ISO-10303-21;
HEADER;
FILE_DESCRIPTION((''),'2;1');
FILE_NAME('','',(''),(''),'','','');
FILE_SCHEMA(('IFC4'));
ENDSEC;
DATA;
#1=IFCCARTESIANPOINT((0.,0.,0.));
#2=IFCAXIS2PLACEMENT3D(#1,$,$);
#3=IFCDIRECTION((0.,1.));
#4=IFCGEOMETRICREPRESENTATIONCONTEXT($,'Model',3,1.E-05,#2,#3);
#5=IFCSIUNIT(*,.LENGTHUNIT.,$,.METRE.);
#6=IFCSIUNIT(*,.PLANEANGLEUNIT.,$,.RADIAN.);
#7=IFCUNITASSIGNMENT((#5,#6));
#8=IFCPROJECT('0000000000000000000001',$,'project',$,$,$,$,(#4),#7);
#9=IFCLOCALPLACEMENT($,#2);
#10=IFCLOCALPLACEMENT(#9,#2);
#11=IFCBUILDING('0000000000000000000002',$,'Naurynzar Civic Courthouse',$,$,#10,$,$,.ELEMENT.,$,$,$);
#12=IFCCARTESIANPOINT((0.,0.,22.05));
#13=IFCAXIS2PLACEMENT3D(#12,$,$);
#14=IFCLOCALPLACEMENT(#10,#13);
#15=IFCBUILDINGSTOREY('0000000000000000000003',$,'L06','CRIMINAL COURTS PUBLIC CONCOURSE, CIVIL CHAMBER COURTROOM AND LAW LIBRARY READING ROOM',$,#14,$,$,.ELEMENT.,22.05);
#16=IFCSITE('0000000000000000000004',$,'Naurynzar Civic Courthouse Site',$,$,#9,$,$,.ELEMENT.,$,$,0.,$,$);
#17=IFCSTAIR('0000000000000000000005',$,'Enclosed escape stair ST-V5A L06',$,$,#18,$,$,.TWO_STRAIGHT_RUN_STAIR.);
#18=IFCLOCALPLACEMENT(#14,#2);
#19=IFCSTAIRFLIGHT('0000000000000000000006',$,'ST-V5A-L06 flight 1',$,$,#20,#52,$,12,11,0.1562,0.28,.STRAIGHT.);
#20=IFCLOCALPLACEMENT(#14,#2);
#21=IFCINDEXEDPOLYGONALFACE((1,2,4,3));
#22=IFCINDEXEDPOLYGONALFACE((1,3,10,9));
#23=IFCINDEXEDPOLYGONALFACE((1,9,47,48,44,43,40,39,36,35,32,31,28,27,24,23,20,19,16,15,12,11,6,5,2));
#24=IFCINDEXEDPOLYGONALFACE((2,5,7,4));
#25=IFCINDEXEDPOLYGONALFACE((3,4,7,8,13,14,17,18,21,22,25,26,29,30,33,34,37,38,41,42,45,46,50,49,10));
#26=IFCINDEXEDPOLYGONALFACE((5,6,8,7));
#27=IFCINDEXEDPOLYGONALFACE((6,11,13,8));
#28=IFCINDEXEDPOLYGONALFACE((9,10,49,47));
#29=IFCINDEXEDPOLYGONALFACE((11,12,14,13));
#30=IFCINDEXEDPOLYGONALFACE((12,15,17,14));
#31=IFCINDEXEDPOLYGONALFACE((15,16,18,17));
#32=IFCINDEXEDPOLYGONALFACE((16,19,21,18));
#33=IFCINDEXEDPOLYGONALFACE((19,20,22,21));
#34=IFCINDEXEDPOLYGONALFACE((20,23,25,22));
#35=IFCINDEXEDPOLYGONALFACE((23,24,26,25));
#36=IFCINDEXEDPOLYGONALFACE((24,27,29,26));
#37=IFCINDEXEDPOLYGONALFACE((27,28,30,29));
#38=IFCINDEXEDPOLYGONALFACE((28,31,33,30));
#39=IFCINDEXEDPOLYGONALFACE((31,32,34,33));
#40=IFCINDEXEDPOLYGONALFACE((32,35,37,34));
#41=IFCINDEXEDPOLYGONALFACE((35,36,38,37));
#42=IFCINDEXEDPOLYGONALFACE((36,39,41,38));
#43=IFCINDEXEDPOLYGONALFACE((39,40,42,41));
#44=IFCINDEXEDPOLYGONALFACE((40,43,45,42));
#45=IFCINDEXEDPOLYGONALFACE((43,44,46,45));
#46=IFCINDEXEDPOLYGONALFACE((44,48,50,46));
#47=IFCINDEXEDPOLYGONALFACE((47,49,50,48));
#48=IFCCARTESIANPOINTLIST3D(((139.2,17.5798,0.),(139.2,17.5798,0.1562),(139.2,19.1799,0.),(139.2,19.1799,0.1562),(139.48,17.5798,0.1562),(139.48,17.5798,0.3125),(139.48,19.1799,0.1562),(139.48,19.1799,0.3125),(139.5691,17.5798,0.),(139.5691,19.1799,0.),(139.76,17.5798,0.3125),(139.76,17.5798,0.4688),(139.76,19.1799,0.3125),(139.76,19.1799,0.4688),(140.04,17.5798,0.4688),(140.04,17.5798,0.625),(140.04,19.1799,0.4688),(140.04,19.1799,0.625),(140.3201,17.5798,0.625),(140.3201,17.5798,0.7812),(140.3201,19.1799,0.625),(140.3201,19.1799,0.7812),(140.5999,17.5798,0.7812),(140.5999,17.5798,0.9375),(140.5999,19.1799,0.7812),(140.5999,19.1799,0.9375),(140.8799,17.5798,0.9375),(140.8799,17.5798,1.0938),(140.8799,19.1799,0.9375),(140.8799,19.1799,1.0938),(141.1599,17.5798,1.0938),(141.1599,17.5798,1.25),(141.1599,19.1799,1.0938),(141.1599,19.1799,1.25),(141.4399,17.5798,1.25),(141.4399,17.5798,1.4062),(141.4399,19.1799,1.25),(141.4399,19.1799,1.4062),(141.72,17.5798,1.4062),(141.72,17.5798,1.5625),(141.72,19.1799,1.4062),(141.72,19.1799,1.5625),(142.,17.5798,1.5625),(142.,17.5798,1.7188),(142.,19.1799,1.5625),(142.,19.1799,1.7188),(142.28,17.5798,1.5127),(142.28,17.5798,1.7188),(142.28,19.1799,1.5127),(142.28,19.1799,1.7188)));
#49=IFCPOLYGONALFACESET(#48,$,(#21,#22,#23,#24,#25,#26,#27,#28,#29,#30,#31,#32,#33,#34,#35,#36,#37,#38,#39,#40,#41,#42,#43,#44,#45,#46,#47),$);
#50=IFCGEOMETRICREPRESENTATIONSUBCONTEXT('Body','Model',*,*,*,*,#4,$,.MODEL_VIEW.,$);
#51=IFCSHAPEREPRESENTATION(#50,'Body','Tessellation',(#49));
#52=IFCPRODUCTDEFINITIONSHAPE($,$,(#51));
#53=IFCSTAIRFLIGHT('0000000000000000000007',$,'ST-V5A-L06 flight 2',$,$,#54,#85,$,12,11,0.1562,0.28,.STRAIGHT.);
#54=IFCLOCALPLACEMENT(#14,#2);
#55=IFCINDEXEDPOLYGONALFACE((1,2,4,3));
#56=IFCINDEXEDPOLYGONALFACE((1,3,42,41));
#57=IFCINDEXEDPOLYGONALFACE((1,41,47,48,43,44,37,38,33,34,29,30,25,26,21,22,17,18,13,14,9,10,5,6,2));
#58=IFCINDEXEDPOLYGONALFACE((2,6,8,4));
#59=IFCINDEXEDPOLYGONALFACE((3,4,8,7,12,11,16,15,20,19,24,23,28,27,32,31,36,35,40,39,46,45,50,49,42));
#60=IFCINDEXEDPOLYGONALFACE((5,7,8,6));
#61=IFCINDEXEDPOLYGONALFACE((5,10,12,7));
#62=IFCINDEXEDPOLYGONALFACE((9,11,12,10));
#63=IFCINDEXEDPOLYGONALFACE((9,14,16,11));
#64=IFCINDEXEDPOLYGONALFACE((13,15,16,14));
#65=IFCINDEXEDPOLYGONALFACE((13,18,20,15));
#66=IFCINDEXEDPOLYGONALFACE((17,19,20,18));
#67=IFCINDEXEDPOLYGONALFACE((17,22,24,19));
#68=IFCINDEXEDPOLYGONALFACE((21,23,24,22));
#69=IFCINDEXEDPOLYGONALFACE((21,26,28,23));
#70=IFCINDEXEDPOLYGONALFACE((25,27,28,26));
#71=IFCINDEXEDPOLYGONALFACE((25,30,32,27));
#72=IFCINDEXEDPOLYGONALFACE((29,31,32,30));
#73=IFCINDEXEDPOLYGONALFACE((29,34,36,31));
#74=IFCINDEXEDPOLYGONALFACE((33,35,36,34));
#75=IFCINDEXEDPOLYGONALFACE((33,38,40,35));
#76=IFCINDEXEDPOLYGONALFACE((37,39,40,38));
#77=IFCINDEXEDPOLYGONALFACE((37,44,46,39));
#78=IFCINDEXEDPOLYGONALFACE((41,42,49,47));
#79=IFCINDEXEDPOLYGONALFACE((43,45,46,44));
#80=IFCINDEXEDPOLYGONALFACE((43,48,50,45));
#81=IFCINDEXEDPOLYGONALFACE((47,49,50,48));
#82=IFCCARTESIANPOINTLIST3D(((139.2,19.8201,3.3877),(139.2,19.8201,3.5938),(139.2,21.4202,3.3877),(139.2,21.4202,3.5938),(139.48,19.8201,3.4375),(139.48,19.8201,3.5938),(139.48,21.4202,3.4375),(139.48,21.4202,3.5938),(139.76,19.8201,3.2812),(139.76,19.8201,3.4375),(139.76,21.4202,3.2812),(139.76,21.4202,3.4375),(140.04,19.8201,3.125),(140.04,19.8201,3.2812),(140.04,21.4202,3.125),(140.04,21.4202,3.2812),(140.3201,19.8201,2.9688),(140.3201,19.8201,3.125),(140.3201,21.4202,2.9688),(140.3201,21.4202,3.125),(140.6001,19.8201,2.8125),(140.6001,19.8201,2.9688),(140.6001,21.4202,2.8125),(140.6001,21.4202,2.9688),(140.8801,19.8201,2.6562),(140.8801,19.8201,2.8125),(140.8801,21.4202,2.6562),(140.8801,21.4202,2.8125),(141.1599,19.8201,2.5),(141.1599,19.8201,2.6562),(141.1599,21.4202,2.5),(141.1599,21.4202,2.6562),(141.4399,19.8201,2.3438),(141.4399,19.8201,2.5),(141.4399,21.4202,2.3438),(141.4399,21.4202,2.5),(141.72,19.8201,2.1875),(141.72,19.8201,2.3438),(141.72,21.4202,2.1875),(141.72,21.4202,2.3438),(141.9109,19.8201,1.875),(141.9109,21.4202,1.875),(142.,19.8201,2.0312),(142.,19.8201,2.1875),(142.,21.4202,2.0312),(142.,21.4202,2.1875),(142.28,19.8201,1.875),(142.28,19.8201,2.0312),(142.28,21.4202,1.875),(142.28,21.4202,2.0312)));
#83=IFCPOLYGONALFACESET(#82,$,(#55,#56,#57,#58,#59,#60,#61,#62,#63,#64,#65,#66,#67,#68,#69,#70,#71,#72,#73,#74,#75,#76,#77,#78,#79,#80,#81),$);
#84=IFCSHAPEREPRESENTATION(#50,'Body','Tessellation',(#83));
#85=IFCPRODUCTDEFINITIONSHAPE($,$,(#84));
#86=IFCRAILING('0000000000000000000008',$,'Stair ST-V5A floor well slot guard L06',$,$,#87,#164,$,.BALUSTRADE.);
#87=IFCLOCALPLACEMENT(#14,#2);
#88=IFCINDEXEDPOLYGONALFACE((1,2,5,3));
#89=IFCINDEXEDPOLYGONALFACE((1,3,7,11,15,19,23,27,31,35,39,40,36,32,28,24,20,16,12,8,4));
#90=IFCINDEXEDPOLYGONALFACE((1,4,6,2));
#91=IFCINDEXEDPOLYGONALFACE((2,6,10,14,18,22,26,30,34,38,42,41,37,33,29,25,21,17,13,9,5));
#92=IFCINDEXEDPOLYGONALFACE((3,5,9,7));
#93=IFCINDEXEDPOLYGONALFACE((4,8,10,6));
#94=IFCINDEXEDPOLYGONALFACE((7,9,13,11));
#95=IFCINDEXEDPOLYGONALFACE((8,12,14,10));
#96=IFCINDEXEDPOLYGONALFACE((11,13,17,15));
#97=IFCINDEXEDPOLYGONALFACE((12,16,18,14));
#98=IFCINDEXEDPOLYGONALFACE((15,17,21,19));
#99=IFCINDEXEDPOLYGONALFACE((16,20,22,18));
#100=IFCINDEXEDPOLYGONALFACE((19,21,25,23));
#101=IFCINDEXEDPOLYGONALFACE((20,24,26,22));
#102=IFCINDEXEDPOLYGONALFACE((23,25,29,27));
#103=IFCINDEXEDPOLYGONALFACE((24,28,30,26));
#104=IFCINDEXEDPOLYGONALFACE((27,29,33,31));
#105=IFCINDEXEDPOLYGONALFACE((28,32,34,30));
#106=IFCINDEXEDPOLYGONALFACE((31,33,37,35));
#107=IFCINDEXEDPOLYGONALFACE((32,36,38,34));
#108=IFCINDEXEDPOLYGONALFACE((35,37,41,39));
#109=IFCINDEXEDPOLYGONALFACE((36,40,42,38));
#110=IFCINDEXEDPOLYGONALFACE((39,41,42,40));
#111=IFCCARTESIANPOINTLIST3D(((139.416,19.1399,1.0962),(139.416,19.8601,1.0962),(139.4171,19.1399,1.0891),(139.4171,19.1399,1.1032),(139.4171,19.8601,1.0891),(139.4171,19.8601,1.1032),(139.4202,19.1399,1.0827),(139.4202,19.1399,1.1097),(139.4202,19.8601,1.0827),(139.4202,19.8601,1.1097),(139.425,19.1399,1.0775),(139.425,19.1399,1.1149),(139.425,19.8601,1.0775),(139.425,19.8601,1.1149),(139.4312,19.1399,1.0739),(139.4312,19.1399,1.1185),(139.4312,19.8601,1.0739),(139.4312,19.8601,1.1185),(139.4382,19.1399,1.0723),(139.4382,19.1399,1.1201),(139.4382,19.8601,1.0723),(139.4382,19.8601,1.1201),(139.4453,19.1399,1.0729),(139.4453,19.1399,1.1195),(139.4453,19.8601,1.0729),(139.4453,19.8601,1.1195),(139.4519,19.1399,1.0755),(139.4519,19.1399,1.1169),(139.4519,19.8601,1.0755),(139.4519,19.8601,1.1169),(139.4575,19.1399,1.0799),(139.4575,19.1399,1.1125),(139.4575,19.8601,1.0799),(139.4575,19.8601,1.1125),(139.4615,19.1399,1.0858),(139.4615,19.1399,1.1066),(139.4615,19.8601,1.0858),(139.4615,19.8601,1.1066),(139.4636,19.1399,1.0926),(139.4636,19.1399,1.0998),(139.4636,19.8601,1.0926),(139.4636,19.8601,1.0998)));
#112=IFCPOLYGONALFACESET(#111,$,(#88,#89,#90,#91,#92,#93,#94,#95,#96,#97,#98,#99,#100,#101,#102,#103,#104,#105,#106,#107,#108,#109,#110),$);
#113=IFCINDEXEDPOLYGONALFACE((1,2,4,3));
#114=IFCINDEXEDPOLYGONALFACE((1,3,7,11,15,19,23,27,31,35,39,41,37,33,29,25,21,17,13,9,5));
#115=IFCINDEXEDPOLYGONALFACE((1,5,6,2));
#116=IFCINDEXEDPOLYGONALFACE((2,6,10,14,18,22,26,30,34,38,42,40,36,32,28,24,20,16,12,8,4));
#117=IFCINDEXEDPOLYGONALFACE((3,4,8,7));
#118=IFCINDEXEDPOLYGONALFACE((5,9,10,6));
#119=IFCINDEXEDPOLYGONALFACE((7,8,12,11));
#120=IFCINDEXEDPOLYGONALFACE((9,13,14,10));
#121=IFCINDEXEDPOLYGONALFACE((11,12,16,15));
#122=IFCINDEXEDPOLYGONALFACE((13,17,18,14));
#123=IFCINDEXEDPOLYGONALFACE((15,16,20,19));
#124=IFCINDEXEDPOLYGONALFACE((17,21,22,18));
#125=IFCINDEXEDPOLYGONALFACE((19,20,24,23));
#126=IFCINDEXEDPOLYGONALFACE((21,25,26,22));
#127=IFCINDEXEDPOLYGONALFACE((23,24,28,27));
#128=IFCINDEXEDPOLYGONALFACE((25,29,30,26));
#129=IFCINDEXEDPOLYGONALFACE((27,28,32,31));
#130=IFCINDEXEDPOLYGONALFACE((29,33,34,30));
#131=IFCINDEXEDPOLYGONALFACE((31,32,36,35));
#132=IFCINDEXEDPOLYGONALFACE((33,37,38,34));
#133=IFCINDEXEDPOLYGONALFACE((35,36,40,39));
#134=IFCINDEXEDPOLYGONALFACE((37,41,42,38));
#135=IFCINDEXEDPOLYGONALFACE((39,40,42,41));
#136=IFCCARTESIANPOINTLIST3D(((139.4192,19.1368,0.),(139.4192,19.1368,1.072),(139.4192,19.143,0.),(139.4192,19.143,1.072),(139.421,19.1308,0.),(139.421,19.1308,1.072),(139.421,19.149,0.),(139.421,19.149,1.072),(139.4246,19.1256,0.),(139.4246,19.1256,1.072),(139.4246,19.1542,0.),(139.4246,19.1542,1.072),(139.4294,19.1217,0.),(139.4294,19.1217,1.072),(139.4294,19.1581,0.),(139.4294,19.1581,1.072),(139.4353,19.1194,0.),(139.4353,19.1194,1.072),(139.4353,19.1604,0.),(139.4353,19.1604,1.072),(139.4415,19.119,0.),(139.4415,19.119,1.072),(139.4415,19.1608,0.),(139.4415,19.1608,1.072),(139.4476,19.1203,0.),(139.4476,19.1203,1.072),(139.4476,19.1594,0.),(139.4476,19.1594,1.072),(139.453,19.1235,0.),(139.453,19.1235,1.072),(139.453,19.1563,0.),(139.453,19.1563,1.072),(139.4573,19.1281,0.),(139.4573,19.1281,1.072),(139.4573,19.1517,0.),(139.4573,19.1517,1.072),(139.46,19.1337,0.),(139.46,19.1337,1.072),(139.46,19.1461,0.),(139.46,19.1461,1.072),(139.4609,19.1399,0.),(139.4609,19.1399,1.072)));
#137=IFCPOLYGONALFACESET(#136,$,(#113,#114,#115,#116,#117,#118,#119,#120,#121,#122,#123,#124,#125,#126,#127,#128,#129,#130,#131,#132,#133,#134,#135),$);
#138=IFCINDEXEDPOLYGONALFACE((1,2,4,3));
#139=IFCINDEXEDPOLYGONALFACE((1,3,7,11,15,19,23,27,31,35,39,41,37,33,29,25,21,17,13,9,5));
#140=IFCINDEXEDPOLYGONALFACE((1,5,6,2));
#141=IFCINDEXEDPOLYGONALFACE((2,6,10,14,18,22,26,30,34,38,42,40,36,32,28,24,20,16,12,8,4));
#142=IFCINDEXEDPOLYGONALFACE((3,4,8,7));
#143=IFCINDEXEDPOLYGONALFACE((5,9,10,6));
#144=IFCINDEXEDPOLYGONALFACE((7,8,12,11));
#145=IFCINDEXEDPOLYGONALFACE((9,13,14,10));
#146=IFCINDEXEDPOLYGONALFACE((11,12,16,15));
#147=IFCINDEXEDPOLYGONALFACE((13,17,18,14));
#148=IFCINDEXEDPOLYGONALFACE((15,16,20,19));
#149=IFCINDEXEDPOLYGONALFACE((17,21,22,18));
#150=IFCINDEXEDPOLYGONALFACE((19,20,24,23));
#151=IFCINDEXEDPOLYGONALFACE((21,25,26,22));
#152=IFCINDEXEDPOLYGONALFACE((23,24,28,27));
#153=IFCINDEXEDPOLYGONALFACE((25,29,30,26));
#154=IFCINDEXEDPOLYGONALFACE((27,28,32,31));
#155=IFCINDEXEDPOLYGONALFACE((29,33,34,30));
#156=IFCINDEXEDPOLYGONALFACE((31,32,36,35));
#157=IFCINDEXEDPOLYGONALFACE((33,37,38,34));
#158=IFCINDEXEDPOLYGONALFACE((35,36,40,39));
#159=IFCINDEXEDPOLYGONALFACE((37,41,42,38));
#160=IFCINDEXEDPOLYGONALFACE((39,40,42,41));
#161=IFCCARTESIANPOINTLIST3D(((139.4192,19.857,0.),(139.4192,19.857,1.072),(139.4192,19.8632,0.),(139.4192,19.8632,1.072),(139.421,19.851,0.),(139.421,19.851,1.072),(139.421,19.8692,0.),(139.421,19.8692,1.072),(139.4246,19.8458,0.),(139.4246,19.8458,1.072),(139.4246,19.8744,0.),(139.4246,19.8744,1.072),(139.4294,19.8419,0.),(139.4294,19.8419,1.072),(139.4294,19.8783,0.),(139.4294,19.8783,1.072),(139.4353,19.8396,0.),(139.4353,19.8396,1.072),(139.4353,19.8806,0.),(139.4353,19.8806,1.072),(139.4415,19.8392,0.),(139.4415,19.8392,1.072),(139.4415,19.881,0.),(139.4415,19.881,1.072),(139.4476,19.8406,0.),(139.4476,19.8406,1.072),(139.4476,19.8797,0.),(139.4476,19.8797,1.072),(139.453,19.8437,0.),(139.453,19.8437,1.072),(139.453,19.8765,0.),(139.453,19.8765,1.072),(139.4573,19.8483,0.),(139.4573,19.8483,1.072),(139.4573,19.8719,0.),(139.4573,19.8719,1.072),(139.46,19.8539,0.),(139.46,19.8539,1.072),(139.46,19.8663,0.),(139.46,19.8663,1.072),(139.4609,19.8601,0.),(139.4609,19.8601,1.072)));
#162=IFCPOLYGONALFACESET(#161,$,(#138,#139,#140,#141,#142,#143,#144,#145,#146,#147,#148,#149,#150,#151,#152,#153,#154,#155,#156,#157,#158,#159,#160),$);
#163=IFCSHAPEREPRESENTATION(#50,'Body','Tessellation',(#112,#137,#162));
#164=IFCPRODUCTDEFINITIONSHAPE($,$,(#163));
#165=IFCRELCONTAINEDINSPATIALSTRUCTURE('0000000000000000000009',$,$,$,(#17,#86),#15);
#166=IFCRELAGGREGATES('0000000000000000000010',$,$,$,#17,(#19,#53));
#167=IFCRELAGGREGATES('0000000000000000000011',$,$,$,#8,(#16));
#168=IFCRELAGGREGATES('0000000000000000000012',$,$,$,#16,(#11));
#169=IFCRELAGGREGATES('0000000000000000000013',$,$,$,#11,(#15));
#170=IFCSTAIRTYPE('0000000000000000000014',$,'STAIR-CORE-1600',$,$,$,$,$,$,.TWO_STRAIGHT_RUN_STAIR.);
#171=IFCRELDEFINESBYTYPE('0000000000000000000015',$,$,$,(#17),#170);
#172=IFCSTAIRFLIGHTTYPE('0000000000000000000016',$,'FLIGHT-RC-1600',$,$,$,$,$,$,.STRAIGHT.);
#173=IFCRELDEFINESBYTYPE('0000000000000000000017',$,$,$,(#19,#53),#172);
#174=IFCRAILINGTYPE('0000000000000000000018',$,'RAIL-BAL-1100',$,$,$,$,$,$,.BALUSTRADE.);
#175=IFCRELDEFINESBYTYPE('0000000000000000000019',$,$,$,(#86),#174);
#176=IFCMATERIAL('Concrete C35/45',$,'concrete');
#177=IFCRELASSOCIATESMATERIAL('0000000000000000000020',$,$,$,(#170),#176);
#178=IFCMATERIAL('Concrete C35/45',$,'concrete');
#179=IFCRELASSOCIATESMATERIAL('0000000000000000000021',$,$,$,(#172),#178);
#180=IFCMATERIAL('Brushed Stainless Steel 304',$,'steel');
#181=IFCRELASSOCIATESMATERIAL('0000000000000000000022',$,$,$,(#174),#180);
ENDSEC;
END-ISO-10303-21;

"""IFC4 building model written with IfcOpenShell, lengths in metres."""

from ifc_helpers import new_model, si_unit, direction, frame, origin, origin_2d, place, context, subcontext, project, spatial, polyline, circle, outline, extrude, material, type_object, element, aggregate, save


model = new_model("IFC4")

# Units and contexts
model_context = context("Model", 3, precision=1e-05, world=origin(), true_north=direction((0.0, 1.0)))
body_context = subcontext(model_context, "Body", "Model", "MODEL_VIEW")
ifc_project = project(units=[si_unit("LENGTHUNIT", "METRE"), si_unit("PLANEANGLEUNIT", "RADIAN")], contexts=[model_context])

# Site, building, storey
site_placement = place(None, origin())
site = spatial("IfcSite", under=ifc_project, at=site_placement, Name="Naurynzar Civic Courthouse Site", CompositionType="ELEMENT", RefElevation=0.0)
building_placement = place(site_placement, origin())
building = spatial("IfcBuilding", under=site, at=building_placement, Name="Naurynzar Civic Courthouse", CompositionType="ELEMENT")
storey_placement = place(building_placement, frame((0.0, 0.0, 22.05)))
storey = spatial("IfcBuildingStorey", under=building, at=storey_placement, Name="L06", Description="CRIMINAL COURTS PUBLIC CONCOURSE, CIVIL CHAMBER COURTROOM AND LAW LIBRARY READING ROOM", CompositionType="ELEMENT", Elevation=22.05)

# Stair, stair flights
ifc_material_1 = material(Name="Concrete C35/45", Category="concrete")
stair_type = type_object("IfcStairType", Name="STAIR-CORE-1600", PredefinedType="TWO_STRAIGHT_RUN_STAIR", material=ifc_material_1)
stair_placement = place(storey_placement, origin())
stair = element("IfcStair", 1, at=stair_placement, inside=storey, type_object=stair_type, Name="Enclosed escape stair ST-V5A L06", PredefinedType="TWO_STRAIGHT_RUN_STAIR")
ifc_material_2 = material(Name="Concrete C35/45", Category="concrete")
stair_flight_type = type_object("IfcStairFlightType", Name="FLIGHT-RC-1600", PredefinedType="STRAIGHT", material=ifc_material_2)
stair_flight_1_placement = place(storey_placement, frame((139.2, 18.3799, 0.0), z_axis=(0.0, 0.0, 1.0), x_axis=(1.0, 0.0, 0.0)))
stair_flight_1 = element("IfcStairFlight", 2, at=stair_flight_1_placement, type_object=stair_flight_type, Name="ST-V5A-L06 flight 1", NumberOfRisers=12, NumberOfTreads=11, PredefinedType="STRAIGHT", RiserHeight=0.1562, TreadLength=0.28, context=body_context, shape_type="SweptSolid", body=[
    extrude(outline(polyline([(0.0, 0.0), (0.0, 0.1562), (0.28, 0.1562), (0.28, 0.3125), (0.5601, 0.3125), (0.5601, 0.4688), (0.8401, 0.4688), (0.8401, 0.625), (1.1201, 0.625), (1.1201, 0.7812), (1.3999, 0.7812), (1.3999, 0.9375), (1.6799, 0.9375), (1.6799, 1.0938), (1.96, 1.0938), (1.96, 1.25), (2.24, 1.25), (2.24, 1.4062), (2.52, 1.4062), (2.52, 1.5625), (2.8, 1.5625), (2.8, 1.7188), (3.0801, 1.7188), (3.0801, 1.875), (3.0801, 1.5127), (0.3691, 0.0), (0.0, 0.0)])), frame((0.0, 0.8, 0.0), z_axis=(0.0, -1.0, 0.0), x_axis=(1.0, 0.0, 0.0)), (0.0, 0.0, 1.0), 1.6001),
])
stair_flight_2_placement = place(storey_placement, frame((142.28, 20.6201, 1.875), z_axis=(0.0, 0.0, 1.0), x_axis=(-1.0, 0.0, 0.0)))
stair_flight_2 = element("IfcStairFlight", 3, at=stair_flight_2_placement, type_object=stair_flight_type, Name="ST-V5A-L06 flight 2", NumberOfRisers=12, NumberOfTreads=11, PredefinedType="STRAIGHT", RiserHeight=0.1562, TreadLength=0.28, context=body_context, shape_type="SweptSolid", body=[
    extrude(outline(polyline([(0.0, 0.0), (0.0, 0.1562), (0.28, 0.1562), (0.28, 0.3125), (0.5601, 0.3125), (0.5601, 0.4688), (0.8401, 0.4688), (0.8401, 0.625), (1.1201, 0.625), (1.1201, 0.7812), (1.3999, 0.7812), (1.3999, 0.9375), (1.6799, 0.9375), (1.6799, 1.0938), (1.96, 1.0938), (1.96, 1.25), (2.24, 1.25), (2.24, 1.4062), (2.52, 1.4062), (2.52, 1.5625), (2.8, 1.5625), (2.8, 1.7188), (3.0801, 1.7188), (3.0801, 1.875), (3.0801, 1.5127), (0.3691, 0.0), (0.0, 0.0)])), frame((0.0, 0.8, 0.0), z_axis=(0.0, -1.0, 0.0), x_axis=(1.0, 0.0, 0.0)), (0.0, 0.0, 1.0), 1.6001),
])
aggregate(stair, [stair_flight_1, stair_flight_2])

# Railing
ifc_material_3 = material(Name="Brushed Stainless Steel 304", Category="steel")
railing_type_1 = type_object("IfcRailingType", Name="RAIL-BAL-1100", PredefinedType="BALUSTRADE", material=ifc_material_3)
for number, where, name in (
    (4, (139.4399, 19.1399, 0.0), "Stair ST-V5A floor well slot guard L06"),
):
    element("IfcRailing", number, at=place(storey_placement, frame(where)), inside=storey, type_object=railing_type_1, Name=name, PredefinedType="BALUSTRADE", context=body_context, shape_type="SweptSolid", body=[
        extrude(circle(Radius=0.0239, at=origin_2d()), frame((0.0, 0.0, 1.0962), z_axis=(0.0, 1.0, 0.0), x_axis=(-1.0, 0.0, 0.0)), (0.0, 0.0, 1.0), 0.7202),
        extrude(circle(Radius=0.021, at=origin_2d()), origin(), (0.0, 0.0, 1.0), 1.072),
        extrude(circle(Radius=0.021, at=origin_2d()), frame((0.0, 0.7202, 0.0)), (0.0, 0.0, 1.0), 1.072),
    ])

save(model, "model.ifc")
